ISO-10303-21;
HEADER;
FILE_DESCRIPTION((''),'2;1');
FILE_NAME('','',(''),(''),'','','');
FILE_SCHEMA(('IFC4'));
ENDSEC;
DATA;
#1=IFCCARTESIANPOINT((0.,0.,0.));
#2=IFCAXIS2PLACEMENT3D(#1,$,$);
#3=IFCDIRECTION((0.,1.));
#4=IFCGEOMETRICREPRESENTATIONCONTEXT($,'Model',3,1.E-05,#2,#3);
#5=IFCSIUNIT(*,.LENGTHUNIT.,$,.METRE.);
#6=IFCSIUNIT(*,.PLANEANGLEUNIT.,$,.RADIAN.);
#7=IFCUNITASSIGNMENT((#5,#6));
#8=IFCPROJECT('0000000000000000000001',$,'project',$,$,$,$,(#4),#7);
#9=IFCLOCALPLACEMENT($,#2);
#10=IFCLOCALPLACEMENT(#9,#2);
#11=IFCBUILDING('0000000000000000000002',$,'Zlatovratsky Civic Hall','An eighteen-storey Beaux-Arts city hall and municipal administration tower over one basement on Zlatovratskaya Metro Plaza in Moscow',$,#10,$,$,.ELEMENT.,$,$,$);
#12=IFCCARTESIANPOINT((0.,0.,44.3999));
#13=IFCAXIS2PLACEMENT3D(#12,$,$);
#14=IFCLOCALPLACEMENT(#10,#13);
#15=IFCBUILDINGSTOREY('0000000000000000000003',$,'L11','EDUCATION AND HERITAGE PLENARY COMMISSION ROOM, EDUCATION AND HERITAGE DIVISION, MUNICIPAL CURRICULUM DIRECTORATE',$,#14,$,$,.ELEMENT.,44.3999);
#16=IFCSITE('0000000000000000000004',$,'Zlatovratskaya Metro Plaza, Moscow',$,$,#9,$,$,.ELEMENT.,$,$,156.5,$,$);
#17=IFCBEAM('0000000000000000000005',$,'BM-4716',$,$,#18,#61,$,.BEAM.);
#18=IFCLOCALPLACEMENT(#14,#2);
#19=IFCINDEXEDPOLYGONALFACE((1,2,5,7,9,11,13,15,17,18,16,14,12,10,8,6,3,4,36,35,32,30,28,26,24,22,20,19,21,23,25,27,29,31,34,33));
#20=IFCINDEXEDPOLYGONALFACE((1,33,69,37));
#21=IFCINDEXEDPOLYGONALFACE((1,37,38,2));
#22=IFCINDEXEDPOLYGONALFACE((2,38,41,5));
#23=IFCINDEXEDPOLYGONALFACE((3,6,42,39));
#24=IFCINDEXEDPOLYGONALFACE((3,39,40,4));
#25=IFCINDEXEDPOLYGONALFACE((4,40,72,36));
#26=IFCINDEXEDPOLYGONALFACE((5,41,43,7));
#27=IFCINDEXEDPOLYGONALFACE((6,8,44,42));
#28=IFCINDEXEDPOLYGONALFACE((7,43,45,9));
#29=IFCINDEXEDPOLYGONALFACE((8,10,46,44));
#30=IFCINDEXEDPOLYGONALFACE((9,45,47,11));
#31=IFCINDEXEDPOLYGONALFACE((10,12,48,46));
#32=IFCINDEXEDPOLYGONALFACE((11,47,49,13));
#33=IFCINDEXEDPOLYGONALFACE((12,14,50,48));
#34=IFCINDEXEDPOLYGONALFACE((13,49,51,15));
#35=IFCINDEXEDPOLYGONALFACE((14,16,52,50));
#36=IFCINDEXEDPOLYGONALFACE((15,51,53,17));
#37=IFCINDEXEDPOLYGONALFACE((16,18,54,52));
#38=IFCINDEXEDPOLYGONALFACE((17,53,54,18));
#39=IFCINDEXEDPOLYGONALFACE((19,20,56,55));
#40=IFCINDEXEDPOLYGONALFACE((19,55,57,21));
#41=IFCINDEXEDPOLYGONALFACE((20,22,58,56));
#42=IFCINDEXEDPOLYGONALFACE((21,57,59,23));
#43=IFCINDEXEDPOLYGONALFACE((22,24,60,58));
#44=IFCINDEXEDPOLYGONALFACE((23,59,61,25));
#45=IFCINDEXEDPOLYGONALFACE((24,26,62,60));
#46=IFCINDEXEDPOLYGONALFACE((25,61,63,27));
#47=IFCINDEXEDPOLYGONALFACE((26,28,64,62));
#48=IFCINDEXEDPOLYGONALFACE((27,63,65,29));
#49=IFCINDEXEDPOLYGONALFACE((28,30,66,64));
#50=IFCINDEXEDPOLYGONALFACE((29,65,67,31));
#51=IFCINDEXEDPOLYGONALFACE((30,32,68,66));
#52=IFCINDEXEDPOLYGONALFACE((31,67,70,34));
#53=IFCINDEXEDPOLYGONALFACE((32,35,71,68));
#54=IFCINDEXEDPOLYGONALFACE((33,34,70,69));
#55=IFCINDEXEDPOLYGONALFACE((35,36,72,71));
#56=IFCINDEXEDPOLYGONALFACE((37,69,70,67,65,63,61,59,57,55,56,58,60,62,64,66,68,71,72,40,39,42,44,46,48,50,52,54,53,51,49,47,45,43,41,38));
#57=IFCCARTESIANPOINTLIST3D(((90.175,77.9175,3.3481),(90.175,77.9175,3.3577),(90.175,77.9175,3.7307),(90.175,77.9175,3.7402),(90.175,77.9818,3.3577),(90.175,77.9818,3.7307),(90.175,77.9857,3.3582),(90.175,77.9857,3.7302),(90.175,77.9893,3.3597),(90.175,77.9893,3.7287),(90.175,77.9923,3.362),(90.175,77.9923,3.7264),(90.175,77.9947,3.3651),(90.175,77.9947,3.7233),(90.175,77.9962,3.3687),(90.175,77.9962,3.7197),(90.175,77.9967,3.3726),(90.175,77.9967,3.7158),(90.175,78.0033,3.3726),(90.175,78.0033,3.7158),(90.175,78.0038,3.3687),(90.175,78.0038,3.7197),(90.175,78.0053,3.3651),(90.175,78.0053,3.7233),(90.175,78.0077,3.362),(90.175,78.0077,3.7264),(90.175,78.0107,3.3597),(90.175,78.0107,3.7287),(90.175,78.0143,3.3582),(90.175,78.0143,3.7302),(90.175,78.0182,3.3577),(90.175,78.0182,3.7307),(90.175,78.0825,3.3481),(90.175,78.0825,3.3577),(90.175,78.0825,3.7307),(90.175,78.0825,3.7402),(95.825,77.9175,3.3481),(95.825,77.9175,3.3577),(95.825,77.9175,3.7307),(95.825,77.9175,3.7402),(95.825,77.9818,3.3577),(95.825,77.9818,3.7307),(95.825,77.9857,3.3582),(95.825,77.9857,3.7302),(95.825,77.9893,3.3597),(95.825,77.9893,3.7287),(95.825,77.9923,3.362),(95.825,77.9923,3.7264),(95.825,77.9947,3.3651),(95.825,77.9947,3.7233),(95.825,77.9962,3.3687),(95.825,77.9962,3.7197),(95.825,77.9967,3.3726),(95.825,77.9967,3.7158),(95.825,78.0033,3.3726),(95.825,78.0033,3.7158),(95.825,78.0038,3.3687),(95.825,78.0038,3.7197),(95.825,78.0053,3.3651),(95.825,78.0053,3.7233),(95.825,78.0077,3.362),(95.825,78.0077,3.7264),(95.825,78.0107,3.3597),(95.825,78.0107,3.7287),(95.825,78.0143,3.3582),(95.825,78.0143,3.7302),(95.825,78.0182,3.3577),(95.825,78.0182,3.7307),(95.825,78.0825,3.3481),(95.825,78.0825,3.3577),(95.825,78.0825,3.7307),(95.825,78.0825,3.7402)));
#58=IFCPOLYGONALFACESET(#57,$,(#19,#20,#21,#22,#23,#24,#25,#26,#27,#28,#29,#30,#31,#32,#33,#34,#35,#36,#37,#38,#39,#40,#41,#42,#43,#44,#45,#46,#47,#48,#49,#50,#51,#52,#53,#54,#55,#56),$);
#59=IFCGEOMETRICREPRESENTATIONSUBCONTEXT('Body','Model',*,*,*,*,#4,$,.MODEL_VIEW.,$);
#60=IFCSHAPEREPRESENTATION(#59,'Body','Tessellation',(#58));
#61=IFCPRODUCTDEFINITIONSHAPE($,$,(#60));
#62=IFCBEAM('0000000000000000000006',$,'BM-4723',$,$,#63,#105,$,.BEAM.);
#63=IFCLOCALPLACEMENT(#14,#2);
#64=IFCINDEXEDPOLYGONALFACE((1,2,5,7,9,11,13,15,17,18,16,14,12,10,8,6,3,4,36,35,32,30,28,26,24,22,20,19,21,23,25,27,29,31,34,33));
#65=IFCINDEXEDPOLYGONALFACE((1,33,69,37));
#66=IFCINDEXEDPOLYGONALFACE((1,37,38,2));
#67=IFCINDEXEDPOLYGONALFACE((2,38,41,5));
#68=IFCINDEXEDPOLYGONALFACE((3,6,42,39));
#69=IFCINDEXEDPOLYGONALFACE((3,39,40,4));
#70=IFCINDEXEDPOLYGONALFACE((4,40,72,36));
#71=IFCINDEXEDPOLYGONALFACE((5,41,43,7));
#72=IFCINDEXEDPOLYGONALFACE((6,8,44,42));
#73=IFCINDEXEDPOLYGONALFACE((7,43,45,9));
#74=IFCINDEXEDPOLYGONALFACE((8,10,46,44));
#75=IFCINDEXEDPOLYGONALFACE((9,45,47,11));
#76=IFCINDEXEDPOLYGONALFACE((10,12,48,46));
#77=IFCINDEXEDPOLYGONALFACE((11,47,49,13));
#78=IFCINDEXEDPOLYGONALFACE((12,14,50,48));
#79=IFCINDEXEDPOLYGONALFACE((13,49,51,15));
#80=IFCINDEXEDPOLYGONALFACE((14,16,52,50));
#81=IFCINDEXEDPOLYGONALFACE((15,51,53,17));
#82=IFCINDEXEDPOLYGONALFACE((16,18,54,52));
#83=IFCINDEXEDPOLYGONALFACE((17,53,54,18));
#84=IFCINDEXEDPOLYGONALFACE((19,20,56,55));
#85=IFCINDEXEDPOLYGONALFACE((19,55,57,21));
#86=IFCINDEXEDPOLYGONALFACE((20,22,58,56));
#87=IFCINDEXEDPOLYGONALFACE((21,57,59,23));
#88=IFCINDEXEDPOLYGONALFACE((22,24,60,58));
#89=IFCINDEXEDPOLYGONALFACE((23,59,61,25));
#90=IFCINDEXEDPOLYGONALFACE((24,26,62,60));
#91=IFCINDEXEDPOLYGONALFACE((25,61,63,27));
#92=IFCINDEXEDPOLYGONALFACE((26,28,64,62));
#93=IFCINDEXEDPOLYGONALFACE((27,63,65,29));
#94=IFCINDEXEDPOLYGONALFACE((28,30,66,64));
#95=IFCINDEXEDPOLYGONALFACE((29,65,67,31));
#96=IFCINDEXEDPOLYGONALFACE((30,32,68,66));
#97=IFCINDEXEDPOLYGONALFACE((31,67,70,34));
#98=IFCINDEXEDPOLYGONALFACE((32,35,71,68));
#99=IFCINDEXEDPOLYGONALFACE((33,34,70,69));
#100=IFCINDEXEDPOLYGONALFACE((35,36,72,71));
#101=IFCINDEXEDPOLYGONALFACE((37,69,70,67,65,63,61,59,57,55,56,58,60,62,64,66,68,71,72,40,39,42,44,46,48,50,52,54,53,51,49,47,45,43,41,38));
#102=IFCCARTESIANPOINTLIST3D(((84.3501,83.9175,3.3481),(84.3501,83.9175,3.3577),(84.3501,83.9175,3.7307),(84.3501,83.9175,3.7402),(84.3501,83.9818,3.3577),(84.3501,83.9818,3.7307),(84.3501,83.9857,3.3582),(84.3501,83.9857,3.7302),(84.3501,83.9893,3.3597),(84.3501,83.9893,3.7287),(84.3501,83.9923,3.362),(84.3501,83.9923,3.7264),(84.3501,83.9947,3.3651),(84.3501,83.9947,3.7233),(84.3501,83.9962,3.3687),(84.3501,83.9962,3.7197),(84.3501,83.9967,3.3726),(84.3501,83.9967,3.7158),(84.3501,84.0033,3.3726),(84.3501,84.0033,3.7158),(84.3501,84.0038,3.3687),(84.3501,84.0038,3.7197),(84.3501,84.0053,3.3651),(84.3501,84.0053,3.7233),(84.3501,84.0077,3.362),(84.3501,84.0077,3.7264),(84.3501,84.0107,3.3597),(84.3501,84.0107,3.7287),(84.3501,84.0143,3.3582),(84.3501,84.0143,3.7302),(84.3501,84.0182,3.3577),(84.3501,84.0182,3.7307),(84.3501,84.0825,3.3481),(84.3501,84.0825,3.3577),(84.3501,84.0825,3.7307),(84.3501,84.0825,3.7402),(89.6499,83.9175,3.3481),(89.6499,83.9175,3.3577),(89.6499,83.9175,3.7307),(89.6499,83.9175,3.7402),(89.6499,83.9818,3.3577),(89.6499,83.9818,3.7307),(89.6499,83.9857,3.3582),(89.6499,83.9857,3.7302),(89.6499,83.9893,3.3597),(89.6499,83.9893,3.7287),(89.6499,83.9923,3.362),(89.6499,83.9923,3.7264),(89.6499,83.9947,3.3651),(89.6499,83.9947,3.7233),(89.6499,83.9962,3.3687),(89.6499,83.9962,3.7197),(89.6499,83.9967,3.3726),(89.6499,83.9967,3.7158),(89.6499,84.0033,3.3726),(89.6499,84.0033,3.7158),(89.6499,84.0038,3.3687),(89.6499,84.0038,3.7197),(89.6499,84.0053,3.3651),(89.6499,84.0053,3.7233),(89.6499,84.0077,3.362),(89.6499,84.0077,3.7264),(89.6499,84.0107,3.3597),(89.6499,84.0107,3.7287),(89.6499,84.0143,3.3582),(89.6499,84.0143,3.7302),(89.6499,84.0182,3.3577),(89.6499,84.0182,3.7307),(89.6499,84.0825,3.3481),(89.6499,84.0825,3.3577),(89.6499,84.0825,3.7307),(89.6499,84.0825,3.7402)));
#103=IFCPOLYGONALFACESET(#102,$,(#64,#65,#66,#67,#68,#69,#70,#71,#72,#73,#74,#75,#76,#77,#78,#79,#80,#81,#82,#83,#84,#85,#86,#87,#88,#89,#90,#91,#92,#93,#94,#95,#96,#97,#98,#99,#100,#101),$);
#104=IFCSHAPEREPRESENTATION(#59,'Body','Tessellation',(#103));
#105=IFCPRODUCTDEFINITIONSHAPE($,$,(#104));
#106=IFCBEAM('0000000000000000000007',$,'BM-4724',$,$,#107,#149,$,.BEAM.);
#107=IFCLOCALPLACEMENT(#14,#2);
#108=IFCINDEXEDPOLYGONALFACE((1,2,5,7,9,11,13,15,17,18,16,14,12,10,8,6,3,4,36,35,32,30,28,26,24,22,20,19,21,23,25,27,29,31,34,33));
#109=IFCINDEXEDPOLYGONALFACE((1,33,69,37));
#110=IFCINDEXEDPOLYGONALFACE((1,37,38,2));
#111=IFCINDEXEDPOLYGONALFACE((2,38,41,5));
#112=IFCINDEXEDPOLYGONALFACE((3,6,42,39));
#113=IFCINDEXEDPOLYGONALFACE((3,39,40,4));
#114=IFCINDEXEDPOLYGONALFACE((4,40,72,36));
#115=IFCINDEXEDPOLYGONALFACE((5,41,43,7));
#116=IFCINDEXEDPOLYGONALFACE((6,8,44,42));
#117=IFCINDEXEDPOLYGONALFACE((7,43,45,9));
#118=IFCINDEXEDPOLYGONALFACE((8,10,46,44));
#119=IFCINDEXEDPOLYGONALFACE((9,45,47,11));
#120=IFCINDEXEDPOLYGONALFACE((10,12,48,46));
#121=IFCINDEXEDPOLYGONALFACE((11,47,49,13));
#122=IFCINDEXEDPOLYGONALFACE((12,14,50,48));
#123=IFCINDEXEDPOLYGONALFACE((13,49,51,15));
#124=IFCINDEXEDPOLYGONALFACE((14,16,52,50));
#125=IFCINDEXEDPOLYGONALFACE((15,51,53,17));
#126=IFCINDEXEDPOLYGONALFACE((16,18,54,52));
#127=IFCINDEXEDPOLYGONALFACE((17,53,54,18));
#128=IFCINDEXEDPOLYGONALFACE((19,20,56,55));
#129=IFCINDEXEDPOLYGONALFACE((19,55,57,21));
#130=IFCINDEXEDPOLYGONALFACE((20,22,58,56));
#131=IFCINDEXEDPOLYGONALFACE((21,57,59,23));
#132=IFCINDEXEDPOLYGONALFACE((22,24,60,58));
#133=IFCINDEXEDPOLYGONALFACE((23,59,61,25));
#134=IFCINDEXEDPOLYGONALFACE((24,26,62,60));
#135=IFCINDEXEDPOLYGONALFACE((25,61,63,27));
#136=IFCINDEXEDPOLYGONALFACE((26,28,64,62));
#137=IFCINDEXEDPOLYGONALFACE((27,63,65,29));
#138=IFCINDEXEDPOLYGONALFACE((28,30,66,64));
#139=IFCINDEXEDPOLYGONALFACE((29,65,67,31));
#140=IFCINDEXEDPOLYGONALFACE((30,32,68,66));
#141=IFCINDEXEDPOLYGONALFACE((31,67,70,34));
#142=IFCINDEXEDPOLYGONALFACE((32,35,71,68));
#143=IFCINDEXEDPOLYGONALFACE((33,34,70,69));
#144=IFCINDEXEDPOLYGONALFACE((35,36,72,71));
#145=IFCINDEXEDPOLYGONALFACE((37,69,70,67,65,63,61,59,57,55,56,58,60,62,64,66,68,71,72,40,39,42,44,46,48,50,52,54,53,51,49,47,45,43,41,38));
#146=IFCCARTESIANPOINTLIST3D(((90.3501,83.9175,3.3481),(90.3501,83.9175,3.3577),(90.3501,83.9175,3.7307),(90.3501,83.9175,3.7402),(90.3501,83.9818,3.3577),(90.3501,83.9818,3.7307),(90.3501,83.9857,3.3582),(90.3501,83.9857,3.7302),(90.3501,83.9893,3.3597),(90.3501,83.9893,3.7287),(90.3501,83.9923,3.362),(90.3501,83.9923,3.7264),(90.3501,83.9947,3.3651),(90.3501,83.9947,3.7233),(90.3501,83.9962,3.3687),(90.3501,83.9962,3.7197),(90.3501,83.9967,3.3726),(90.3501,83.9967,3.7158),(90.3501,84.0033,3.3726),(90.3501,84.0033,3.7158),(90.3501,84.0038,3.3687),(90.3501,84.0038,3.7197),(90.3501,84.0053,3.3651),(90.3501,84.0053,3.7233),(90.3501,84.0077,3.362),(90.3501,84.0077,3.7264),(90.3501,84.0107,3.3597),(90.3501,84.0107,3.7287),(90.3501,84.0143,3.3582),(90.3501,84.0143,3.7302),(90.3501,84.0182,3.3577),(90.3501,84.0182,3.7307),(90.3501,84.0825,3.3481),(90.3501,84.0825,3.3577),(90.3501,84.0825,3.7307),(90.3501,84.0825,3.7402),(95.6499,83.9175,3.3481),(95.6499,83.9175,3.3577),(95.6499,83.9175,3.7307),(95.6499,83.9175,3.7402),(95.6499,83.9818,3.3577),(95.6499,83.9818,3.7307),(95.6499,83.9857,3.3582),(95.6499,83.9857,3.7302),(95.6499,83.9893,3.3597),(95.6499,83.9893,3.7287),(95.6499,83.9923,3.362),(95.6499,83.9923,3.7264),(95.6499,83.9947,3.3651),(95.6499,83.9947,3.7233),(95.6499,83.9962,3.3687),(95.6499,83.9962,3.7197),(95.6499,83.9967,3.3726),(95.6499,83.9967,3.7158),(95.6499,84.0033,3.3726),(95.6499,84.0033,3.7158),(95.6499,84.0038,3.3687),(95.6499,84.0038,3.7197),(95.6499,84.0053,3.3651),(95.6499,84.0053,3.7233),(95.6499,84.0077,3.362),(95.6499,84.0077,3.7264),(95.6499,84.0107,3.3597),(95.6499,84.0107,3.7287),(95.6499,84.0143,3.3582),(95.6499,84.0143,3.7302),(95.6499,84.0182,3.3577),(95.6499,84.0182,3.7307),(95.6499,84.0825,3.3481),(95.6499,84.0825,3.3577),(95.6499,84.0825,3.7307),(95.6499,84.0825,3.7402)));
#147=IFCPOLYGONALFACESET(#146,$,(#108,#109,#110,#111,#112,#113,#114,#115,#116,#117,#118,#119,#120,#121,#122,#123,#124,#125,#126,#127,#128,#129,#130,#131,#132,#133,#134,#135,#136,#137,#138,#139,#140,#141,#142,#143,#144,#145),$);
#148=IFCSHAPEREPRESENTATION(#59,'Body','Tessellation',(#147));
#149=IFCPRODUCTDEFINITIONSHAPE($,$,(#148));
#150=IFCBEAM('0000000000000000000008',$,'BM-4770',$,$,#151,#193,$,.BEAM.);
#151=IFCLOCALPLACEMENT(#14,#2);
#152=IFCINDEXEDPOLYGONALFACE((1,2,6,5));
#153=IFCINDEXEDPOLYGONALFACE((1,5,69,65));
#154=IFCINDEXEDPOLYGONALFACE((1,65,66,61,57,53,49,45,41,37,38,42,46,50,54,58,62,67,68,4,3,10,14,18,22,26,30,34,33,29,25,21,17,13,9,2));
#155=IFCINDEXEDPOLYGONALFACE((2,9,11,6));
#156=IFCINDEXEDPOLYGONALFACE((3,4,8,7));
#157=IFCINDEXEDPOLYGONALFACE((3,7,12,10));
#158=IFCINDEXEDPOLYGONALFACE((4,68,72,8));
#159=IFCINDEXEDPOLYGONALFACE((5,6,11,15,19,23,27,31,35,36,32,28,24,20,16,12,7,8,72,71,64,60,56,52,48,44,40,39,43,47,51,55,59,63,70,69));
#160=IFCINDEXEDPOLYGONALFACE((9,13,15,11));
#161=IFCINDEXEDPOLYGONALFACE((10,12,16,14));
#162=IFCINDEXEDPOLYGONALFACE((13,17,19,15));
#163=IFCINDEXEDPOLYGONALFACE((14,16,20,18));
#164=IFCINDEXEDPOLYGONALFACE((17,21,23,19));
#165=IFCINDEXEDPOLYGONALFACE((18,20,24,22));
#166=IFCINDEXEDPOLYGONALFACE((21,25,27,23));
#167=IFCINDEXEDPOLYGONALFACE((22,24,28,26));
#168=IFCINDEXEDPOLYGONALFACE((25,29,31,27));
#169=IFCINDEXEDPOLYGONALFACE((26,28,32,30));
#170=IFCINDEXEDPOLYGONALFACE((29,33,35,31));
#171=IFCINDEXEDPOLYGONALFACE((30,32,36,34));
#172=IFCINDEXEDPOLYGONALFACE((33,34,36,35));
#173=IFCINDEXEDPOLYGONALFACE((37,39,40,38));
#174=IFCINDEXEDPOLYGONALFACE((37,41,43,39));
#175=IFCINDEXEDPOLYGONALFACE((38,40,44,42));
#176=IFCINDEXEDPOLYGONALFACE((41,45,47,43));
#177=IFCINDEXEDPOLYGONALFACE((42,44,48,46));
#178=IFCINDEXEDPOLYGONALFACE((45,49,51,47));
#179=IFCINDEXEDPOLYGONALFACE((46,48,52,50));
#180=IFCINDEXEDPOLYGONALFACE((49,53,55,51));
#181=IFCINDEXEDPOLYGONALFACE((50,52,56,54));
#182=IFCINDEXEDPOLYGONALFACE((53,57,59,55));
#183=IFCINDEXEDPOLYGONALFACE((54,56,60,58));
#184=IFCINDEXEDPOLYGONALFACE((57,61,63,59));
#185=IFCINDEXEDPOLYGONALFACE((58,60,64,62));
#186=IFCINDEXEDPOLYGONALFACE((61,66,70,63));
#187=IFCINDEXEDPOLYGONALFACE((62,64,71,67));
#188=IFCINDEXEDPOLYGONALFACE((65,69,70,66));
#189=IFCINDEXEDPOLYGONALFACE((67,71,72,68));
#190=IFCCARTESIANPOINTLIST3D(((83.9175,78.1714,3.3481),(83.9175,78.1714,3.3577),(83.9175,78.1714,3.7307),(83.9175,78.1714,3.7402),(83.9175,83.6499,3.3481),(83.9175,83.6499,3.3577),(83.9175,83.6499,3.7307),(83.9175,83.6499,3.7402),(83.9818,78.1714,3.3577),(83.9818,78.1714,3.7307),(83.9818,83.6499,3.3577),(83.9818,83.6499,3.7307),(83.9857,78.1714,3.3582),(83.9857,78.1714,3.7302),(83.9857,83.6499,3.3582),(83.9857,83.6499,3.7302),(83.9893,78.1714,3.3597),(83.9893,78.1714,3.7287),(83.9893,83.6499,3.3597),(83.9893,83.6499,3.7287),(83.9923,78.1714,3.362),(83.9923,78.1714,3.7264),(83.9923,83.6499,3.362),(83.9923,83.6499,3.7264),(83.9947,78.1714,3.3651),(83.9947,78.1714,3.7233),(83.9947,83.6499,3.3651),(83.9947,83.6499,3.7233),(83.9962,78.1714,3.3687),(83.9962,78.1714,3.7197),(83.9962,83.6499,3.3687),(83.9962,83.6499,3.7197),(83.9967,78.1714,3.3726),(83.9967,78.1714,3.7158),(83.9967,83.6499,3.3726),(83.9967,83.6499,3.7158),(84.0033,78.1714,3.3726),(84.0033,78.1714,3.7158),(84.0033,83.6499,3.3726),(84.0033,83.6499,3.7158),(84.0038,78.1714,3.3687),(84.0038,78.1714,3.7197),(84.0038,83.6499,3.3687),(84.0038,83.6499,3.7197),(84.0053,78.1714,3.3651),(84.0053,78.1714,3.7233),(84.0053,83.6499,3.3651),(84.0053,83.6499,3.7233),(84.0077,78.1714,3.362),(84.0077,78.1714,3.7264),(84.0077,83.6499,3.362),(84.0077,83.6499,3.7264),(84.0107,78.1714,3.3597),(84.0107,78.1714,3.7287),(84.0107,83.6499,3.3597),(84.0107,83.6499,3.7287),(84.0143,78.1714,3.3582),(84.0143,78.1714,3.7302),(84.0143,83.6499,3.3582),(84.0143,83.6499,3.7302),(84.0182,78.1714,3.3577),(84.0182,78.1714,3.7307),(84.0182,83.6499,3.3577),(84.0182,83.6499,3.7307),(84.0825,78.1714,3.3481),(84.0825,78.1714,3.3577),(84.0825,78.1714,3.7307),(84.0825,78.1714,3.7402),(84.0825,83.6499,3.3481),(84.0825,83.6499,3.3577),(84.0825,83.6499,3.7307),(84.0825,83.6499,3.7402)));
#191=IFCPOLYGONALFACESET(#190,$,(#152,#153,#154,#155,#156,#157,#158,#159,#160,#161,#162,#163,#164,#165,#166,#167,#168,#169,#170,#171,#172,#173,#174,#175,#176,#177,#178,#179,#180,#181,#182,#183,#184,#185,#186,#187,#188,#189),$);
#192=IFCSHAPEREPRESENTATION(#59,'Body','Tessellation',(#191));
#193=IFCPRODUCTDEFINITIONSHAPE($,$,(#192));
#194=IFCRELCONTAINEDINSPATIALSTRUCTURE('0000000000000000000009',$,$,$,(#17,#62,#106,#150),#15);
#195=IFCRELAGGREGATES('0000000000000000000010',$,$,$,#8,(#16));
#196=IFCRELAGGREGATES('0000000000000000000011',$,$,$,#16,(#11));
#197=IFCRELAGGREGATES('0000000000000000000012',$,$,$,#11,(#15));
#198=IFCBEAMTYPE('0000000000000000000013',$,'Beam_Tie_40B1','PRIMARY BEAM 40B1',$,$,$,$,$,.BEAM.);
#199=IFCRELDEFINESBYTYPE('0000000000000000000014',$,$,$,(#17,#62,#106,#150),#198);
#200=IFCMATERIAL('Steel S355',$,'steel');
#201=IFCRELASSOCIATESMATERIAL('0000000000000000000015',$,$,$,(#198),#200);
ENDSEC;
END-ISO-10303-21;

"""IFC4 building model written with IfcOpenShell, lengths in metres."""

from ifc_helpers import new_model, si_unit, direction, frame, origin, origin_2d, place, context, subcontext, project, spatial, i_section, extrude, material, material_profile, profile_set, type_object, element, save


model = new_model("IFC4")

# Units and contexts
model_context = context("Model", 3, precision=1e-05, world=origin(), true_north=direction((0.0, 1.0)))
body_context = subcontext(model_context, "Body", "Model", "MODEL_VIEW")
ifc_project = project(units=[si_unit("LENGTHUNIT", "METRE"), si_unit("PLANEANGLEUNIT", "RADIAN")], contexts=[model_context])

# Site, building, storey
site_placement = place(None, origin())
site = spatial("IfcSite", under=ifc_project, at=site_placement, Name="Zlatovratskaya Metro Plaza, Moscow", CompositionType="ELEMENT", RefElevation=156.5)
building_placement = place(site_placement, origin())
building = spatial("IfcBuilding", under=site, at=building_placement, Name="Zlatovratsky Civic Hall", Description="An eighteen-storey Beaux-Arts city hall and municipal administration tower over one basement on Zlatovratskaya Metro Plaza in Moscow", CompositionType="ELEMENT")
storey_placement = place(building_placement, frame((0.0, 0.0, 44.3999)))
storey = spatial("IfcBuildingStorey", under=building, at=storey_placement, Name="L11", Description="EDUCATION AND HERITAGE PLENARY COMMISSION ROOM, EDUCATION AND HERITAGE DIVISION, MUNICIPAL CURRICULUM DIRECTORATE", CompositionType="ELEMENT", Elevation=44.3999)

# Shared definitions
ifc_material_1 = material(Name="Steel S355", Category="steel")

# Beams
ifc_material_profile_1 = material_profile(ifc_material_1, i_section(OverallWidth=0.165, OverallDepth=0.3921, WebThickness=0.0066, FlangeThickness=0.0095, FilletRadius=0.0149, at=origin_2d()), Name="40B1")
ifc_profile_set_1 = profile_set([ifc_material_profile_1], Name="Steel S355")
beam_type = type_object("IfcBeamType", Name="Beam_Tie_40B1", Description="PRIMARY BEAM 40B1", PredefinedType="BEAM", material=ifc_profile_set_1)
for number, where, z_axis, x_axis, name in (
    (1, (90.175, 78.0, 3.5442), (1.0, 0.0, 0.0), (0.0, 1.0, 0.0), "BM-4716"),
):
    element("IfcBeam", number, at=place(storey_placement, frame(where, z_axis=z_axis, x_axis=x_axis)), inside=storey, type_object=beam_type, Name=name, PredefinedType="BEAM", context=body_context, shape_type="SweptSolid", body=[
        extrude(i_section(OverallWidth=0.165, OverallDepth=0.3921, WebThickness=0.0066, FlangeThickness=0.0095, FilletRadius=0.0149, at=origin_2d()), origin(), (0.0, 0.0, 1.0), 5.6499),
    ])
for number, where, z_axis, x_axis, name in (
    (2, (84.3501, 84.0, 3.5442), (1.0, 0.0, 0.0), (0.0, 1.0, 0.0), "BM-4723"),
    (3, (90.3501, 84.0, 3.5442), (1.0, 0.0, 0.0), (0.0, 1.0, 0.0), "BM-4724"),
):
    element("IfcBeam", number, at=place(storey_placement, frame(where, z_axis=z_axis, x_axis=x_axis)), inside=storey, type_object=beam_type, Name=name, PredefinedType="BEAM", context=body_context, shape_type="SweptSolid", body=[
        extrude(i_section(OverallWidth=0.165, OverallDepth=0.3921, WebThickness=0.0066, FlangeThickness=0.0095, FilletRadius=0.0149, at=origin_2d()), origin(), (0.0, 0.0, 1.0), 5.2998),
    ])
beam_1_placement = place(storey_placement, frame((84.0, 78.1714, 3.5442), z_axis=(0.0, 1.0, 0.0), x_axis=(-1.0, 0.0, 0.0)))
element("IfcBeam", 4, at=beam_1_placement, inside=storey, type_object=beam_type, Name="BM-4770", PredefinedType="BEAM", context=body_context, shape_type="SweptSolid", body=[
    extrude(i_section(OverallWidth=0.165, OverallDepth=0.3921, WebThickness=0.0066, FlangeThickness=0.0095, FilletRadius=0.0149, at=origin_2d()), origin(), (0.0, 0.0, 1.0), 5.4785),
])

save(model, "model.ifc")
